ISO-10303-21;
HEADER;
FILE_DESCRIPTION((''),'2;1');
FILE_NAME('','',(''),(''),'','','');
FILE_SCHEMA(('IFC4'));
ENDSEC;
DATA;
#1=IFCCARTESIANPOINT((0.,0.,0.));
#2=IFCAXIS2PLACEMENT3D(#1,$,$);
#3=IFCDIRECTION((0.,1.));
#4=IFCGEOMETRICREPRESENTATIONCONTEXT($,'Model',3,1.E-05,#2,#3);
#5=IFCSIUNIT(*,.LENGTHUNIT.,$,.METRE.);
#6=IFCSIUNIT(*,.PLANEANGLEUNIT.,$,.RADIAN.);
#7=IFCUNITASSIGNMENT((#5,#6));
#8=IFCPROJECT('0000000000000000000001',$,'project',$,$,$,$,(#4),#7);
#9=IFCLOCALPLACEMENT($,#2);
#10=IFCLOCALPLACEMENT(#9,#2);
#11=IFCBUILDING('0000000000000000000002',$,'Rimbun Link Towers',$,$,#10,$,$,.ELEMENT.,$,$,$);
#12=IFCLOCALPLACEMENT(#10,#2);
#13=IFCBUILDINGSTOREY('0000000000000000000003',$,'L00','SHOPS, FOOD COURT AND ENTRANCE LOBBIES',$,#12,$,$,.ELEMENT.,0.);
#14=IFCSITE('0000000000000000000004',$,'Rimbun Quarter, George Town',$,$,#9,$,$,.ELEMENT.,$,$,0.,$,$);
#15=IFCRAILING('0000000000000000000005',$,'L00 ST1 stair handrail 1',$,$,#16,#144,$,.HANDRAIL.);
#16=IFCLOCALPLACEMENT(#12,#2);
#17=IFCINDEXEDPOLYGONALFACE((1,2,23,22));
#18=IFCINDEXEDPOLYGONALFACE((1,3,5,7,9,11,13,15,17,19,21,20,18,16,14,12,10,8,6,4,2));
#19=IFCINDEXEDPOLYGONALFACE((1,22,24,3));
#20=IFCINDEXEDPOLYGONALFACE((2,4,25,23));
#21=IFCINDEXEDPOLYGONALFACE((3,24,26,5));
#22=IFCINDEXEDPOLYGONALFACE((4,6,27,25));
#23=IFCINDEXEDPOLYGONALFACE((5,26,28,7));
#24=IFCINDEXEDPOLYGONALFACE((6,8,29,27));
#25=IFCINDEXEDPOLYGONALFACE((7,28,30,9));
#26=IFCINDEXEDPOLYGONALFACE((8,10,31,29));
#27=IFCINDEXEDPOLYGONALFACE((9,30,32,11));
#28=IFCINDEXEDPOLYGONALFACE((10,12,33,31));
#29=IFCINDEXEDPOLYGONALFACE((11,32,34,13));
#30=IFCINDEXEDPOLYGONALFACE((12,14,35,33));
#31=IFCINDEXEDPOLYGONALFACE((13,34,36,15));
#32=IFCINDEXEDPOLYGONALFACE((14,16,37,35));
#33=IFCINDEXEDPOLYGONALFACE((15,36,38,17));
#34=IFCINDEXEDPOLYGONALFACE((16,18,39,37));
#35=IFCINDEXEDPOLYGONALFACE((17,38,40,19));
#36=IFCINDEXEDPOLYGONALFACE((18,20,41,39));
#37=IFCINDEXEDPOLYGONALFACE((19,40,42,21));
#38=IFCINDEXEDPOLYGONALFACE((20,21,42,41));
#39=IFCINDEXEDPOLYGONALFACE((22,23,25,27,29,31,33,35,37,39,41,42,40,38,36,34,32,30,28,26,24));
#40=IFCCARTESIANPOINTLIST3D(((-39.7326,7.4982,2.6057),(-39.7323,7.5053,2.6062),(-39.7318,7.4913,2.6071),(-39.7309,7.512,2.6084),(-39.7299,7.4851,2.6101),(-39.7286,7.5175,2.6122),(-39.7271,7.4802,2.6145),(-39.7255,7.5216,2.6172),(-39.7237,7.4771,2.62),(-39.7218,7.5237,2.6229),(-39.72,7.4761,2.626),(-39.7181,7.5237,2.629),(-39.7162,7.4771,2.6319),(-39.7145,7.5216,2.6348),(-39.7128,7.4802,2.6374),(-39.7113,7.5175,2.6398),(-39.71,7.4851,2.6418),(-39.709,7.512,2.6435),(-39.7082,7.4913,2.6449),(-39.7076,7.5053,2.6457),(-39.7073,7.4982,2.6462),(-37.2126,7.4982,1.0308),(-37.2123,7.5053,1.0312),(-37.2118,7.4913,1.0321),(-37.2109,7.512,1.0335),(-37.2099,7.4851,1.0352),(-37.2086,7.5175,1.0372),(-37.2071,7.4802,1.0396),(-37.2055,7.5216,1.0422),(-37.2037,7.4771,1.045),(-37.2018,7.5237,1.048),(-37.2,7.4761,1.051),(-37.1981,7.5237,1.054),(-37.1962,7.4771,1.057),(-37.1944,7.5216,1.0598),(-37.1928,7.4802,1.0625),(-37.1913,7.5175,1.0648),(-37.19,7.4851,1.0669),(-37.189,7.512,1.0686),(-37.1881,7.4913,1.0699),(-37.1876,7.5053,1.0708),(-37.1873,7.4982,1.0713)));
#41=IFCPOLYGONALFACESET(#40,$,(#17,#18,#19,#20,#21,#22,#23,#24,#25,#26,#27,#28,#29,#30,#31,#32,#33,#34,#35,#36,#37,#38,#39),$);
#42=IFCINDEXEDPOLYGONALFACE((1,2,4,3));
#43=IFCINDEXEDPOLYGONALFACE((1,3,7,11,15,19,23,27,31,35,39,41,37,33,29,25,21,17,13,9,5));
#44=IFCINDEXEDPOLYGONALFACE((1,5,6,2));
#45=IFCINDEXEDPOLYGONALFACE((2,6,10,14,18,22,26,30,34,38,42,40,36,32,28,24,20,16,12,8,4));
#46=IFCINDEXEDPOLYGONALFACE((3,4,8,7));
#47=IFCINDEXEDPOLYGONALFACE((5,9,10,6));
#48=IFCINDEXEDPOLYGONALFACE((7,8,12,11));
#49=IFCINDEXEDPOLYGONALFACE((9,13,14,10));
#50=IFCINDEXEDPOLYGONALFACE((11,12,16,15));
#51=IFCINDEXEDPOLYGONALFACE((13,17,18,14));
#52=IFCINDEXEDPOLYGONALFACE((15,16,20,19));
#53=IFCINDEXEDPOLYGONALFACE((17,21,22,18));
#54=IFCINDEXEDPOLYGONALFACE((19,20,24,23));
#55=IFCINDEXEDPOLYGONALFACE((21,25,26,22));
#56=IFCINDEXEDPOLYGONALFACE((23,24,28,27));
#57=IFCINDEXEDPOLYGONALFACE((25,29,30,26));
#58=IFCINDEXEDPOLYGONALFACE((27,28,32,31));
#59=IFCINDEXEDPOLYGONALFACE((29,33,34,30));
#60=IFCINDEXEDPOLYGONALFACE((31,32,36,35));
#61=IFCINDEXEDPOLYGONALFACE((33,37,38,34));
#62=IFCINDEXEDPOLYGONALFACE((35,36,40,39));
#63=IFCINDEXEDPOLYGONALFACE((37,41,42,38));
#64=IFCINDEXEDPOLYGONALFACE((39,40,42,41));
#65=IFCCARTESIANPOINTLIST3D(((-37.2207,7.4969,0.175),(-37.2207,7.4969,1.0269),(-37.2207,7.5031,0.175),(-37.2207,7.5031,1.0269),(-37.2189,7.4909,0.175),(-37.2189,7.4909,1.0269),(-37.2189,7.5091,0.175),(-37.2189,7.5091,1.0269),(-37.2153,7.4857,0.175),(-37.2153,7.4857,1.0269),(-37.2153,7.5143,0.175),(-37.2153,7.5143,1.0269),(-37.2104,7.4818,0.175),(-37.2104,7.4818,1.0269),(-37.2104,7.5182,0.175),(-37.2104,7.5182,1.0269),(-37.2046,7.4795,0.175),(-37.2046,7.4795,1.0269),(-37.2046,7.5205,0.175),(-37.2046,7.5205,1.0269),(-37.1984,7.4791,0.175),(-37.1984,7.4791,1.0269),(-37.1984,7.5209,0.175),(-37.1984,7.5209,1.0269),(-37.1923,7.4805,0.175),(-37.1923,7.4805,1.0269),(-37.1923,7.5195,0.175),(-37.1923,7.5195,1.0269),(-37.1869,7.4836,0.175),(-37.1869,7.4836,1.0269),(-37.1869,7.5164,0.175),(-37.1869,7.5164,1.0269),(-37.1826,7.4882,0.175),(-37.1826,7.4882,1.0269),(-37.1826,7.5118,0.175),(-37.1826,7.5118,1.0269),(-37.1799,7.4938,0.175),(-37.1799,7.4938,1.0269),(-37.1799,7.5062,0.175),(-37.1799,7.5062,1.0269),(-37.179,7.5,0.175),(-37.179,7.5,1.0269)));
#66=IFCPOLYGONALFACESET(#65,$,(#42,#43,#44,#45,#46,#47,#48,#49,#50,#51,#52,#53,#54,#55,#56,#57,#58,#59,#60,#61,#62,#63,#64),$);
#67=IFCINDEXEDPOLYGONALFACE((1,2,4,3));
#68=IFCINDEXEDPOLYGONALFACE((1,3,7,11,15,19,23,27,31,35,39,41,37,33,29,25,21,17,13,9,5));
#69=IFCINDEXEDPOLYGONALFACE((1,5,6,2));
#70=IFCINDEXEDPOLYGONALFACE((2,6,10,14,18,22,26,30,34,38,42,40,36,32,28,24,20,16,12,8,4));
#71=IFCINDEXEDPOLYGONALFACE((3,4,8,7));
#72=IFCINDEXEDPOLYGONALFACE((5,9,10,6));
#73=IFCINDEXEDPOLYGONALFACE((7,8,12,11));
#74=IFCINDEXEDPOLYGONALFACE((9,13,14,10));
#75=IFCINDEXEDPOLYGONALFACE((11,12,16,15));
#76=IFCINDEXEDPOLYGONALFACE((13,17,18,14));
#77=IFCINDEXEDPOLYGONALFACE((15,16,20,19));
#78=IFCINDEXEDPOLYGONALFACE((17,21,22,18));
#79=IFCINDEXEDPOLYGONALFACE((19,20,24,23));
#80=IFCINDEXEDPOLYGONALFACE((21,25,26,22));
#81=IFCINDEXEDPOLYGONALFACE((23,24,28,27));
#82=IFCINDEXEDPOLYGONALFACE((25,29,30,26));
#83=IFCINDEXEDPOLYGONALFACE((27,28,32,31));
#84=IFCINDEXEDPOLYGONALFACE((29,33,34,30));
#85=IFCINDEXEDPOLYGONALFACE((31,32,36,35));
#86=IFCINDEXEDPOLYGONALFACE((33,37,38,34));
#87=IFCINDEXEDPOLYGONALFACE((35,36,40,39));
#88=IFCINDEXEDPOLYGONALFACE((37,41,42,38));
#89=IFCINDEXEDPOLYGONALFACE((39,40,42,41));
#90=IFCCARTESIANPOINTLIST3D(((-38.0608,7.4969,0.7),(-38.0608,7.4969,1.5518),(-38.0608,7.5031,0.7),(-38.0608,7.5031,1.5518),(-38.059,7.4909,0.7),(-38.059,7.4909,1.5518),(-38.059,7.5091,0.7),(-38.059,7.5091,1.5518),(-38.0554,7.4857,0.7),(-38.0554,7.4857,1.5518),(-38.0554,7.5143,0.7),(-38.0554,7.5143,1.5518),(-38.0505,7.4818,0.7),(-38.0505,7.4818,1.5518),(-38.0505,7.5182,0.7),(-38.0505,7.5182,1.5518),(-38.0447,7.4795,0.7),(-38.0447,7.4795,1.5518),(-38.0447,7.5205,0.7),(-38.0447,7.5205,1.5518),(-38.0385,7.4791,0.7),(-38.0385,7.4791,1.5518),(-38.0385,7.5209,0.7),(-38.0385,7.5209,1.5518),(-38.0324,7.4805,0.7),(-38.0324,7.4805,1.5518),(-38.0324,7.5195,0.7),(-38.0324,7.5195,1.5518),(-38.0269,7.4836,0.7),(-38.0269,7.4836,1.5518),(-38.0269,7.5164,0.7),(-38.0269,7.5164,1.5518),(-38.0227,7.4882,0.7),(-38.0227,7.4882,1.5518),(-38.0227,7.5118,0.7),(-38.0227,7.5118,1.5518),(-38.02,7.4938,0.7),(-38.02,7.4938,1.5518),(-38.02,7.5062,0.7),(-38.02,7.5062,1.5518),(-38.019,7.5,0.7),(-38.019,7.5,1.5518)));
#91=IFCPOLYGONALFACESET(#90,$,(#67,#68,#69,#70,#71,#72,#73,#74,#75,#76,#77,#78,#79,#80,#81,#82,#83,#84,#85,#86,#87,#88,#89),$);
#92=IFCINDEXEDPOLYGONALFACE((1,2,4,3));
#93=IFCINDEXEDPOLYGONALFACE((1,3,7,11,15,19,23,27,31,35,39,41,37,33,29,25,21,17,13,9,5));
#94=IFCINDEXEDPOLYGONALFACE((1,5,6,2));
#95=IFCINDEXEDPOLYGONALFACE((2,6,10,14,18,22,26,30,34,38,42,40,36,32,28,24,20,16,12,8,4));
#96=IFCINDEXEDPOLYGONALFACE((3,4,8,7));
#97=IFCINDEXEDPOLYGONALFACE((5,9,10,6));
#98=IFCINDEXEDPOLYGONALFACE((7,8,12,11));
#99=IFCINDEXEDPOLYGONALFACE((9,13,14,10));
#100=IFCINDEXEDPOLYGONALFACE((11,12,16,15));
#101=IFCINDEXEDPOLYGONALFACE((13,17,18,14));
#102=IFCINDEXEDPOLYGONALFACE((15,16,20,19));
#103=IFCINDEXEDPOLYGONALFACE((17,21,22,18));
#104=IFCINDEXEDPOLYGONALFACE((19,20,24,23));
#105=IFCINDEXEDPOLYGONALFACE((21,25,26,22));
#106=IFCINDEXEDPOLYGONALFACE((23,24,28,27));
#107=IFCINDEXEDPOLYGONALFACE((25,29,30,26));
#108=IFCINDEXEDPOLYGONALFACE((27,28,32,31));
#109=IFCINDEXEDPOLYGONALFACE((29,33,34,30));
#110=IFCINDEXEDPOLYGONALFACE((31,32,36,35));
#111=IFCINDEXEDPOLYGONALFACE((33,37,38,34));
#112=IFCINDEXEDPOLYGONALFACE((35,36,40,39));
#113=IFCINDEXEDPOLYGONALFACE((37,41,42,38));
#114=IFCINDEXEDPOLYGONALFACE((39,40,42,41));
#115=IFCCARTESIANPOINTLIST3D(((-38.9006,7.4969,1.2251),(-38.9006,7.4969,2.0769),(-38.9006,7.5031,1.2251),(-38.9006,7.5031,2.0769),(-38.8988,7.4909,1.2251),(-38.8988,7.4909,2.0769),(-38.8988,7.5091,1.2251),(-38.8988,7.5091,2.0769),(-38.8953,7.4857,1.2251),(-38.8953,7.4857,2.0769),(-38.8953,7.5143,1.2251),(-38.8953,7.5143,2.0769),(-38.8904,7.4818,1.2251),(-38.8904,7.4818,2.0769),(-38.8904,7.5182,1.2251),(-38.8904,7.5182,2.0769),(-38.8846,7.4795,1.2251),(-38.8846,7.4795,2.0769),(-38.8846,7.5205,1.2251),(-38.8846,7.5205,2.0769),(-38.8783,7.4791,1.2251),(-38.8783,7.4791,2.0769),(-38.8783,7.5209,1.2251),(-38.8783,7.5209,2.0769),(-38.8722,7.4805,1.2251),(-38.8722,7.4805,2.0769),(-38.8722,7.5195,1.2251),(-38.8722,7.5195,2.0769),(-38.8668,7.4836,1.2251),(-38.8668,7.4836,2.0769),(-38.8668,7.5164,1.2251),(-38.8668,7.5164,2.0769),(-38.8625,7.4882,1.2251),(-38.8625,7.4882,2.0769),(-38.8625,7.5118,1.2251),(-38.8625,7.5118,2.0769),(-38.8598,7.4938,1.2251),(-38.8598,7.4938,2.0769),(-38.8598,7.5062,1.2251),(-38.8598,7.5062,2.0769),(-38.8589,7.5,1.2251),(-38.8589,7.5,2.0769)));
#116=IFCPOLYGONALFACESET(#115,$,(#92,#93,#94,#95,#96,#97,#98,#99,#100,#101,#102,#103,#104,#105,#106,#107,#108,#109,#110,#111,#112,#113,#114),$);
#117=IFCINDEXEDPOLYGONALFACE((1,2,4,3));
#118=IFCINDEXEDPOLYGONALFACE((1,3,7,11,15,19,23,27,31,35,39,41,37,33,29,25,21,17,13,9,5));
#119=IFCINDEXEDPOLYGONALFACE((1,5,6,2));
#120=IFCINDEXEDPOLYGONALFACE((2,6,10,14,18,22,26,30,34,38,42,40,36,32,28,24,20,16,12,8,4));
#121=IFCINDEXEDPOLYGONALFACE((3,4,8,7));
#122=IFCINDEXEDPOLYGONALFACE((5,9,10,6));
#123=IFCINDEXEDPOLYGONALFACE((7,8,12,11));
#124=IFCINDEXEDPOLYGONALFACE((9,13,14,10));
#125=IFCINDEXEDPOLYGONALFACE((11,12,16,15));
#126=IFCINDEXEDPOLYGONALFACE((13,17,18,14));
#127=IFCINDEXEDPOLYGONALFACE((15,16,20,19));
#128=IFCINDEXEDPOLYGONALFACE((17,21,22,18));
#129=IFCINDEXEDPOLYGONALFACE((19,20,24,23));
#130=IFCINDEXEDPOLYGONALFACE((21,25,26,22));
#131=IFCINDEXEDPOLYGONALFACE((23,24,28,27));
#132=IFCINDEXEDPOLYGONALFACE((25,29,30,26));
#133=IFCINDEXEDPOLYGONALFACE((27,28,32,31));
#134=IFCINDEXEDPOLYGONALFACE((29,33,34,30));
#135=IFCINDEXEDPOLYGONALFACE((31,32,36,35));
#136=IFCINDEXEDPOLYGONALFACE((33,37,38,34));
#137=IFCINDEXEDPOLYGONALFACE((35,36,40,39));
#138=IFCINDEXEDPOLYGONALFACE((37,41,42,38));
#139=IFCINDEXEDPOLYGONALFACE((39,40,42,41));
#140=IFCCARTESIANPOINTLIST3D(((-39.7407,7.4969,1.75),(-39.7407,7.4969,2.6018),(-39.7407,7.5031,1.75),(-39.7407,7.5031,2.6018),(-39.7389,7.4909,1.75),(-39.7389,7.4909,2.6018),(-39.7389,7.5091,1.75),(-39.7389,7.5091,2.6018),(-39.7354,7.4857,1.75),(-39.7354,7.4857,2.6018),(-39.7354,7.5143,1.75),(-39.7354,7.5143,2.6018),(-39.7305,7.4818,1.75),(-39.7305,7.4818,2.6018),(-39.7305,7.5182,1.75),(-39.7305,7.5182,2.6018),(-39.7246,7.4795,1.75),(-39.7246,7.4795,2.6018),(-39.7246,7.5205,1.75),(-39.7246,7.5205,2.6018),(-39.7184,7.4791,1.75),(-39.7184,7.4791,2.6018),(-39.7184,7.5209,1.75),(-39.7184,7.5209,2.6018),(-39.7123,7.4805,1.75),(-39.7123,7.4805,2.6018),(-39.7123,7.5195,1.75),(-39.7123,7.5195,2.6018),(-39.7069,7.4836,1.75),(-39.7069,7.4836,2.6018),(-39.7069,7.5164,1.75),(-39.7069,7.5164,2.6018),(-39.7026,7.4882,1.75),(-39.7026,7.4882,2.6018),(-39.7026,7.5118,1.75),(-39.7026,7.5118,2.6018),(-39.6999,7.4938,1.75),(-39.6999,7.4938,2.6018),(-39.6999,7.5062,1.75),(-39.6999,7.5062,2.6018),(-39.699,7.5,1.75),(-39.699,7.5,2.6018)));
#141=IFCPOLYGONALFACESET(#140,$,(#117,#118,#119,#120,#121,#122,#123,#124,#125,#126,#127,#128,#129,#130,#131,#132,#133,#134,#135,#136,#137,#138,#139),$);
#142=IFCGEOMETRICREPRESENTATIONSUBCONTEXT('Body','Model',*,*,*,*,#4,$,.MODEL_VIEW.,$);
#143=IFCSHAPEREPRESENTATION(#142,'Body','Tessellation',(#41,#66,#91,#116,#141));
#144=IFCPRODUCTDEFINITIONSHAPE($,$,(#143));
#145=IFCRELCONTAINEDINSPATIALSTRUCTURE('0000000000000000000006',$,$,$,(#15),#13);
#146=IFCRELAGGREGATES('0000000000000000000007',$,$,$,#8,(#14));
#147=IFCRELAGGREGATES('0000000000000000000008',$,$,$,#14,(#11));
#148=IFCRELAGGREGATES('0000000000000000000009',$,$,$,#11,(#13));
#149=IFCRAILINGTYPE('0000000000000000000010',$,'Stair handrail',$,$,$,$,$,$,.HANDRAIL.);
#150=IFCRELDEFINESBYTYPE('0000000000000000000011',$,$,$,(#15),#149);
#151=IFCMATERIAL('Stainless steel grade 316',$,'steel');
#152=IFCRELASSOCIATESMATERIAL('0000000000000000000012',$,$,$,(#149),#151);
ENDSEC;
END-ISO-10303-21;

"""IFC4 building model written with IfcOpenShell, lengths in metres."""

from ifc_helpers import new_model, si_unit, direction, frame, origin, origin_2d, place, context, subcontext, project, spatial, circle, extrude, material, type_object, element, save


model = new_model("IFC4")

# Units and contexts
model_context = context("Model", 3, precision=1e-05, world=origin(), true_north=direction((0.0, 1.0)))
body_context = subcontext(model_context, "Body", "Model", "MODEL_VIEW")
ifc_project = project(units=[si_unit("LENGTHUNIT", "METRE"), si_unit("PLANEANGLEUNIT", "RADIAN")], contexts=[model_context])

# Site, building, storey
site_placement = place(None, origin())
site = spatial("IfcSite", under=ifc_project, at=site_placement, Name="Rimbun Quarter, George Town", CompositionType="ELEMENT", RefElevation=0.0)
building_placement = place(site_placement, origin())
building = spatial("IfcBuilding", under=site, at=building_placement, Name="Rimbun Link Towers", CompositionType="ELEMENT")
storey_placement = place(building_placement, origin())
storey = spatial("IfcBuildingStorey", under=building, at=storey_placement, Name="L00", Description="SHOPS, FOOD COURT AND ENTRANCE LOBBIES", CompositionType="ELEMENT", Elevation=0.0)

# Railing
ifc_material_1 = material(Name="Stainless steel grade 316", Category="steel")
railing_type_1 = type_object("IfcRailingType", Name="Stair handrail", PredefinedType="HANDRAIL", material=ifc_material_1)
for number, where, name in (
    (1, (-37.2, 7.5, 0.175), "L00 ST1 stair handrail 1"),
):
    element("IfcRailing", number, at=place(storey_placement, frame(where)), inside=storey, type_object=railing_type_1, Name=name, PredefinedType="HANDRAIL", context=body_context, shape_type="SweptSolid", body=[
        extrude(circle(Radius=0.0239, at=origin_2d()), frame((0.0, 0.0, 0.876), z_axis=(-0.848008, 0.0, 0.529984), x_axis=(0.0, -1.0, 0.0)), (0.0, 0.0, 1.0), 2.9717),
        extrude(circle(Radius=0.021, at=origin_2d()), origin(), (0.0, 0.0, 1.0), 0.8518),
        extrude(circle(Radius=0.021, at=origin_2d()), frame((-0.8401, 0.0, 0.5249)), (0.0, 0.0, 1.0), 0.8518),
        extrude(circle(Radius=0.021, at=origin_2d()), frame((-1.6799, 0.0, 1.05)), (0.0, 0.0, 1.0), 0.8518),
        extrude(circle(Radius=0.021, at=origin_2d()), frame((-2.52, 0.0, 1.575)), (0.0, 0.0, 1.0), 0.8518),
    ])

save(model, "model.ifc")
